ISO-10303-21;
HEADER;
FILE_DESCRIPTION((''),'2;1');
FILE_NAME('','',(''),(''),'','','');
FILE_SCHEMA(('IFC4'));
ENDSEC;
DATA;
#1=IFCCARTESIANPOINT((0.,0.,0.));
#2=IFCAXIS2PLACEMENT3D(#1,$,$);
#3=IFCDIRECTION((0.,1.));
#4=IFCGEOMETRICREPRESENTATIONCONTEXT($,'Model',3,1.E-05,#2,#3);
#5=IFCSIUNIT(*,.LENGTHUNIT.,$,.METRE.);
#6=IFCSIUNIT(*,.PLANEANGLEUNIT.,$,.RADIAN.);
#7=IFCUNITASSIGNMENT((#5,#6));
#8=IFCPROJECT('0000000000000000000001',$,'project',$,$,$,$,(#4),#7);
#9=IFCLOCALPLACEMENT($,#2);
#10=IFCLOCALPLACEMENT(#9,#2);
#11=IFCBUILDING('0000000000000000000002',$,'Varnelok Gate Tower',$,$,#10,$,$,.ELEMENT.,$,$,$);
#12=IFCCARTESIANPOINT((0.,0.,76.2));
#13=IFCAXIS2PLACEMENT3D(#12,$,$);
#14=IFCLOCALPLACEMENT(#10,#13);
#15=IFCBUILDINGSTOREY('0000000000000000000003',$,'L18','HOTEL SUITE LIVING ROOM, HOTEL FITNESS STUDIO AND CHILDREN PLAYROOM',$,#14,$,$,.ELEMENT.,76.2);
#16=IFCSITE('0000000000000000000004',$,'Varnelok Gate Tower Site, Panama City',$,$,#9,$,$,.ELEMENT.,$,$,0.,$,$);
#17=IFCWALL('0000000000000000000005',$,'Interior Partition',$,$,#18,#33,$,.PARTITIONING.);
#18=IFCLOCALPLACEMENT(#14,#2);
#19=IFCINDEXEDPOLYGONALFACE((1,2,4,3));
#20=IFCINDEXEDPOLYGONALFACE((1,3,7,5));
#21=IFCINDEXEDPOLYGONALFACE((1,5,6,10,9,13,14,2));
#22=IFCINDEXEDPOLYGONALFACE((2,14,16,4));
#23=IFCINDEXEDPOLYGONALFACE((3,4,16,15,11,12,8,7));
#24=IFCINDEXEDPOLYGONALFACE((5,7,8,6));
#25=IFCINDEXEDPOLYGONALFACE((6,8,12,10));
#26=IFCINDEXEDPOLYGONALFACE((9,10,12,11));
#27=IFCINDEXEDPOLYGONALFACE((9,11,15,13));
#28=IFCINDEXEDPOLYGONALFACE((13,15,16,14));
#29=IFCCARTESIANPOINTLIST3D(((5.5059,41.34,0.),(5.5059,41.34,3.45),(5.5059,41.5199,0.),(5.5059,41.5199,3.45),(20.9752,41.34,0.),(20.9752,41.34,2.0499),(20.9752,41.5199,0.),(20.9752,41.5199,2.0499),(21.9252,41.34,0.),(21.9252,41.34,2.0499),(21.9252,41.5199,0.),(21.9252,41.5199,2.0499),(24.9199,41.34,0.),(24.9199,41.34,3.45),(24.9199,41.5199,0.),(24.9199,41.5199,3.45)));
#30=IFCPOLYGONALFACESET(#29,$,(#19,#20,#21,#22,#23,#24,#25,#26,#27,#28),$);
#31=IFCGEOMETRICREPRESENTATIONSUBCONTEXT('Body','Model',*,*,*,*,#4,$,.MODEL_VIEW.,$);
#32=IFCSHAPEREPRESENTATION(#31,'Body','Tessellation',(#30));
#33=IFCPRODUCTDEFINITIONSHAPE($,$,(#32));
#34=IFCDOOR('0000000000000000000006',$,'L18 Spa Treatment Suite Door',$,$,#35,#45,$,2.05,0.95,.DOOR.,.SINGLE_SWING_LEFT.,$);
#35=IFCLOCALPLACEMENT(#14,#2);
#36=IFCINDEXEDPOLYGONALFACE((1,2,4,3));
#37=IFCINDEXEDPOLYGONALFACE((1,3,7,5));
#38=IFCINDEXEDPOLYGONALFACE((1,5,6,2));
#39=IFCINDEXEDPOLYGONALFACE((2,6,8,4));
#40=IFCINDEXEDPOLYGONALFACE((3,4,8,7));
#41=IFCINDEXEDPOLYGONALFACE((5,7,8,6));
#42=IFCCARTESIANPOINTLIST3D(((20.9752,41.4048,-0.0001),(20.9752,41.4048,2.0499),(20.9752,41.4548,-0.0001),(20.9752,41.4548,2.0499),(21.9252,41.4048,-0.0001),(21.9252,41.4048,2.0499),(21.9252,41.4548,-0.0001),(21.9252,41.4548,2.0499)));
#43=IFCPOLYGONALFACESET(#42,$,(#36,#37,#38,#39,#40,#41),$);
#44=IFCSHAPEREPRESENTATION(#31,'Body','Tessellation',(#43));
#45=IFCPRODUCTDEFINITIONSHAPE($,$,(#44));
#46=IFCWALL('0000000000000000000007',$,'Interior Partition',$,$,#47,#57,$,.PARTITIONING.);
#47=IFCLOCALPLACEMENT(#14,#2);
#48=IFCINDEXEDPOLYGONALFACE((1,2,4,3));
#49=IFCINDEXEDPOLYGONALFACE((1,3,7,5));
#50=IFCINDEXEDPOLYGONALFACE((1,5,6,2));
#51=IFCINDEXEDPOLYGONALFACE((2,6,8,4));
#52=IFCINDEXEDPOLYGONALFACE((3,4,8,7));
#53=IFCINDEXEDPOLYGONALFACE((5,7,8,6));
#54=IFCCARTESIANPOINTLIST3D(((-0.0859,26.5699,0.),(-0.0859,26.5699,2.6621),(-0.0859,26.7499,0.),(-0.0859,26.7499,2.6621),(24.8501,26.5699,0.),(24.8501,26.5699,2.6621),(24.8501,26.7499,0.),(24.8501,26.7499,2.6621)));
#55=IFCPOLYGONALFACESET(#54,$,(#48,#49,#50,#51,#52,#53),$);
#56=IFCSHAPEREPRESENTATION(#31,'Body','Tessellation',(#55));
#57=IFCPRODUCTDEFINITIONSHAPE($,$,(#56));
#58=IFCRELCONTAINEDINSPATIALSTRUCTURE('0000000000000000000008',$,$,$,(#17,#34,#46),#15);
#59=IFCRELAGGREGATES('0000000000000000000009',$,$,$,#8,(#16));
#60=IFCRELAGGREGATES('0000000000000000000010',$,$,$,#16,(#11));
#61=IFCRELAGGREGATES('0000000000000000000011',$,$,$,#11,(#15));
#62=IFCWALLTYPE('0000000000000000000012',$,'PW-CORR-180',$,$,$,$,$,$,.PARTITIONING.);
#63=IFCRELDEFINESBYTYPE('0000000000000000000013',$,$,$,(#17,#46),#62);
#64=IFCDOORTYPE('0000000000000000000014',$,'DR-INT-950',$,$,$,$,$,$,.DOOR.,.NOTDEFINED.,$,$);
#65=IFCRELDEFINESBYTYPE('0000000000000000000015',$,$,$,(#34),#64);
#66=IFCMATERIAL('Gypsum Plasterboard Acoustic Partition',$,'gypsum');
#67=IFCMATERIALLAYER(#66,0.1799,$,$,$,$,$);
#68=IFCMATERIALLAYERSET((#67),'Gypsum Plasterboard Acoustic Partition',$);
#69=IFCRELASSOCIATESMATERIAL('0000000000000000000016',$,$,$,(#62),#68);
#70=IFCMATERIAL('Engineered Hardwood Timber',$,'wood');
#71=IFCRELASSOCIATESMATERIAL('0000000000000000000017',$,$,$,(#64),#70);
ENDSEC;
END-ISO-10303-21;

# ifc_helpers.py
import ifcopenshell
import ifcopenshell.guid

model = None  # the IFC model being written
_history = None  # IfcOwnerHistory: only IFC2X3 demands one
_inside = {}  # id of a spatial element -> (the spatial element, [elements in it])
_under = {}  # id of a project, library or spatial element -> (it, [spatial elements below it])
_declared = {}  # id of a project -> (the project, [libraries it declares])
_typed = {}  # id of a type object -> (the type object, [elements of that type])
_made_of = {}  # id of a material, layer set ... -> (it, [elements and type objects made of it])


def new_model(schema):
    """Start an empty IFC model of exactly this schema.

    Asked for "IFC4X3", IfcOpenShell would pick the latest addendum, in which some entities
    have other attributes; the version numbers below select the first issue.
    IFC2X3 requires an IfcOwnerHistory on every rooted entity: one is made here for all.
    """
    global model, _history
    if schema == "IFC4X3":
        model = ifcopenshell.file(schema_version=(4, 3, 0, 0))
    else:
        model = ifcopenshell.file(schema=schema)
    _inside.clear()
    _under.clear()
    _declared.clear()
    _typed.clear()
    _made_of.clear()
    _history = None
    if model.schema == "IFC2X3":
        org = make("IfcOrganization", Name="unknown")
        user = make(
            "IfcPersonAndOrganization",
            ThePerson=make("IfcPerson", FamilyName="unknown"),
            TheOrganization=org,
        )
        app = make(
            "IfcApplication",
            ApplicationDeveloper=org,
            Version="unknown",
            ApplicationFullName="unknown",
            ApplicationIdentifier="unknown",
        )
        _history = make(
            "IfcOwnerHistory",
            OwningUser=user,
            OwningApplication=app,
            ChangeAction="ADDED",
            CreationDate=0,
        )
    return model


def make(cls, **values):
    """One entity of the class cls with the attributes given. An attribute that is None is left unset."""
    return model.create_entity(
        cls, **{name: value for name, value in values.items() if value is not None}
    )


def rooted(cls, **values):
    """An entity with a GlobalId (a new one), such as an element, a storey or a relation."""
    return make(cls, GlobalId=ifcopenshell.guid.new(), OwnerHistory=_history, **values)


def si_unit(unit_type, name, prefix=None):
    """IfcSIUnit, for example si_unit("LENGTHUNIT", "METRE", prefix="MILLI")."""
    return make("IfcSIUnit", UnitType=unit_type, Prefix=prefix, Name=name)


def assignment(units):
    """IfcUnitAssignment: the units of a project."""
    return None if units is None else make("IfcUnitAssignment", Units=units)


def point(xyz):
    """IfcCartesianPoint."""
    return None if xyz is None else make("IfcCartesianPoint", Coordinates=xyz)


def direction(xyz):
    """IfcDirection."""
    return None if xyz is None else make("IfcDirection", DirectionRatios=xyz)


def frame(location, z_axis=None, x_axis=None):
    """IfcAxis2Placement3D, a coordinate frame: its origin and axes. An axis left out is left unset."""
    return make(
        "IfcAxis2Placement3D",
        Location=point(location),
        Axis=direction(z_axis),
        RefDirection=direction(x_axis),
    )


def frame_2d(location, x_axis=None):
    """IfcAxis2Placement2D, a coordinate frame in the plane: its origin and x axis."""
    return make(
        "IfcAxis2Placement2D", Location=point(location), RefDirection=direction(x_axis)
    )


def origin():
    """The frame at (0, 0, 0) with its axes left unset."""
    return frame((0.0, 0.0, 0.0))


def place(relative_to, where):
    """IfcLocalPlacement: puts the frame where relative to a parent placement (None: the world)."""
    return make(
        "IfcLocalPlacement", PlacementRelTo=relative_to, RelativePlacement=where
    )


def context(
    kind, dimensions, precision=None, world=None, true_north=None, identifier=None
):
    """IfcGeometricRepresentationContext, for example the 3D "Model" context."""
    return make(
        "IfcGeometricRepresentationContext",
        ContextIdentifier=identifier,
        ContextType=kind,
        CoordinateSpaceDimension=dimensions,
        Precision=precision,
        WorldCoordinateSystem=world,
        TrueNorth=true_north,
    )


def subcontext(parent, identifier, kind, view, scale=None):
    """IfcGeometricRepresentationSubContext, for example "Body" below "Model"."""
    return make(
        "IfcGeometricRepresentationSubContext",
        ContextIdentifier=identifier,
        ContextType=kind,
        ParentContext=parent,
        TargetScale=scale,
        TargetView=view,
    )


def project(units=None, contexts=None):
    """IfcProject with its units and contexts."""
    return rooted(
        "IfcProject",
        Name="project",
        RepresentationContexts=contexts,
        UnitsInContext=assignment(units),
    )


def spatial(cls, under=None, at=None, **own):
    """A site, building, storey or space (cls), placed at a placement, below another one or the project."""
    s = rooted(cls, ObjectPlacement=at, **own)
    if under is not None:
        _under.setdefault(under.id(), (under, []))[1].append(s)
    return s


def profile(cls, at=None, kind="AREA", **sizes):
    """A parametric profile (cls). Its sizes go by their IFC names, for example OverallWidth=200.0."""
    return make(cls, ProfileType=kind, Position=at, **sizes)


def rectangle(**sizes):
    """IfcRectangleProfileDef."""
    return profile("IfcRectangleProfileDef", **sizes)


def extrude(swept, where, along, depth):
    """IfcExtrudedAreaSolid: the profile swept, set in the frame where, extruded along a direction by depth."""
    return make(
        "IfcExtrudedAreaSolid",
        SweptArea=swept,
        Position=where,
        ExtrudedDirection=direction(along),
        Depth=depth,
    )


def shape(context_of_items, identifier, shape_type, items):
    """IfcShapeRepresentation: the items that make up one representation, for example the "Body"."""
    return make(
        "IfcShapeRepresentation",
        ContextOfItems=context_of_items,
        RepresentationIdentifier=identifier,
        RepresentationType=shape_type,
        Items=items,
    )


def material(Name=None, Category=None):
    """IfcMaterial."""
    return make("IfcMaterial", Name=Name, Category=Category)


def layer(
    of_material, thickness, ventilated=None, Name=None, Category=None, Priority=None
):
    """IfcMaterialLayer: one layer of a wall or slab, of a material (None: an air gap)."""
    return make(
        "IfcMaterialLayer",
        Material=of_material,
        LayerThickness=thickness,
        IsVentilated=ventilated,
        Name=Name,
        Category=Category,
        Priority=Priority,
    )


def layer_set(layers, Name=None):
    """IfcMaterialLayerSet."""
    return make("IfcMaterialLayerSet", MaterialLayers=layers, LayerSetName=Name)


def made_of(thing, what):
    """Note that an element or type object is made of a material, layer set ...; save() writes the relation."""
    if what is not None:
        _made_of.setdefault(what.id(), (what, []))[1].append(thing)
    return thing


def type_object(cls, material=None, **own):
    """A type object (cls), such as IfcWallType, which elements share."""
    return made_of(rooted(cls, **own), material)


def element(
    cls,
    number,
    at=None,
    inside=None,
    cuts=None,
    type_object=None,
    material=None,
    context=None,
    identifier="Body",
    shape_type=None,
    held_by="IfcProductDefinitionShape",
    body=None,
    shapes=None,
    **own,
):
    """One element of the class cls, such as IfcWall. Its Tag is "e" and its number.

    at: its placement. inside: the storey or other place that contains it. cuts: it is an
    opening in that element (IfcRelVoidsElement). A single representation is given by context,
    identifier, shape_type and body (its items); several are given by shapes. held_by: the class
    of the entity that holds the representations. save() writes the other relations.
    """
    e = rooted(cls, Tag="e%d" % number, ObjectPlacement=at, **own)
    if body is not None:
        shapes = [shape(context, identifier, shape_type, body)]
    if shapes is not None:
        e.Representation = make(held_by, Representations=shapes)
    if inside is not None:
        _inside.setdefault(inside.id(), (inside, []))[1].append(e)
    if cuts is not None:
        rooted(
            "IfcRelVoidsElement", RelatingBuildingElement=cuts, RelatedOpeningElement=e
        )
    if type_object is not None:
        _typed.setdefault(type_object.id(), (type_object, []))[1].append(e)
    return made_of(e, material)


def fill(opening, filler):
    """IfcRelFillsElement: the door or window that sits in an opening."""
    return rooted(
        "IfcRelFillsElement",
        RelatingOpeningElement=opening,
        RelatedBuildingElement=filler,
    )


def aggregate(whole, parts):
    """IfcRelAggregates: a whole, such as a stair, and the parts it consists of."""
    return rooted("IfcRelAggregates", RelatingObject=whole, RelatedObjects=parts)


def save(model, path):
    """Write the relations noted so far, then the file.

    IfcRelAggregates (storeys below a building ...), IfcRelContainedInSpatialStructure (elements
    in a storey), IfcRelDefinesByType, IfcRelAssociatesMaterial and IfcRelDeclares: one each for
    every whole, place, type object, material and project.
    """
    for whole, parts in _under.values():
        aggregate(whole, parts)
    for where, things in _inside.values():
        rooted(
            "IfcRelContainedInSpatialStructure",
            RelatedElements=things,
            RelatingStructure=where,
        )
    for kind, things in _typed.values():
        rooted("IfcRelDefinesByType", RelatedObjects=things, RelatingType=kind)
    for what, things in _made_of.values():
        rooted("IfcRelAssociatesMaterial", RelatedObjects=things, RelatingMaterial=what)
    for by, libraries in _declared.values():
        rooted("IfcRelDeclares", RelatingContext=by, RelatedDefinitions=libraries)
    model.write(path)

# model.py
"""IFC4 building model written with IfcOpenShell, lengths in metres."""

from ifc_helpers import new_model, si_unit, direction, frame, frame_2d, origin, place, context, subcontext, project, spatial, rectangle, extrude, material, layer, layer_set, type_object, element, fill, save


model = new_model("IFC4")

# Units and contexts
model_context = context("Model", 3, precision=1e-05, world=origin(), true_north=direction((0.0, 1.0)))
body_context = subcontext(model_context, "Body", "Model", "MODEL_VIEW")
ifc_project = project(units=[si_unit("LENGTHUNIT", "METRE"), si_unit("PLANEANGLEUNIT", "RADIAN")], contexts=[model_context])

# Site, building, storey
site_placement = place(None, origin())
site = spatial("IfcSite", under=ifc_project, at=site_placement, Name="Varnelok Gate Tower Site, Panama City", CompositionType="ELEMENT", RefElevation=0.0)
building_placement = place(site_placement, origin())
building = spatial("IfcBuilding", under=site, at=building_placement, Name="Varnelok Gate Tower", CompositionType="ELEMENT")
storey_placement = place(building_placement, frame((0.0, 0.0, 76.2)))
storey = spatial("IfcBuildingStorey", under=building, at=storey_placement, Name="L18", Description="HOTEL SUITE LIVING ROOM, HOTEL FITNESS STUDIO AND CHILDREN PLAYROOM", CompositionType="ELEMENT", Elevation=76.2)

# Wall, opening, door
ifc_material_1 = material(Name="Gypsum Plasterboard Acoustic Partition", Category="gypsum")
ifc_layer_1 = layer(ifc_material_1, 0.1799)
ifc_layer_set_1 = layer_set([ifc_layer_1], Name="Gypsum Plasterboard Acoustic Partition")
wall_type = type_object("IfcWallType", Name="PW-CORR-180", PredefinedType="PARTITIONING", material=ifc_layer_set_1)
wall_1_placement = place(storey_placement, frame((5.5059, 41.4299, 0.0), z_axis=(0.0, 0.0, 1.0), x_axis=(1.0, 0.0, 0.0)))
wall_1 = element("IfcWall", 1, at=wall_1_placement, inside=storey, type_object=wall_type, Name="Interior Partition", PredefinedType="PARTITIONING", context=body_context, shape_type="SweptSolid", body=[
    extrude(rectangle(XDim=19.4141, YDim=0.1799, at=frame_2d((9.707, 0.0))), origin(), (0.0, 0.0, 1.0), 3.45),
])
opening_placement = place(wall_1_placement, frame((15.4692, 0.0, 0.0)))
opening = element("IfcOpeningElement", 2, at=opening_placement, cuts=wall_1, PredefinedType="OPENING", context=body_context, shape_type="SweptSolid", body=[
    extrude(rectangle(XDim=0.95, YDim=2.05, at=frame_2d((0.4751, 1.0249))), frame((0.0, 0.0999, 0.0), z_axis=(0.0, -1.0, 0.0), x_axis=(1.0, 0.0, 0.0)), (0.0, 0.0, 1.0), 0.2),
])
ifc_material_2 = material(Name="Engineered Hardwood Timber", Category="wood")
door_type = type_object("IfcDoorType", Name="DR-INT-950", OperationType="NOTDEFINED", PredefinedType="DOOR", material=ifc_material_2)
door_placement = place(opening_placement, origin())
door = element("IfcDoor", 3, at=door_placement, inside=storey, type_object=door_type, Name="L18 Spa Treatment Suite Door", OperationType="SINGLE_SWING_LEFT", OverallHeight=2.05, OverallWidth=0.95, PredefinedType="DOOR", context=body_context, shape_type="SweptSolid", body=[
    extrude(rectangle(XDim=0.95, YDim=2.05, at=frame_2d((0.4751, 1.0249))), frame((0.0, 0.0249, 0.0), z_axis=(0.0, -1.0, 0.0), x_axis=(1.0, 0.0, 0.0)), (0.0, 0.0, 1.0), 0.05),
])
fill(opening, door)

# Wall
wall_2_placement = place(storey_placement, frame((-0.0859, 26.6599, 0.0), z_axis=(0.0, 0.0, 1.0), x_axis=(1.0, 0.0, 0.0)))
element("IfcWall", 4, at=wall_2_placement, inside=storey, type_object=wall_type, Name="Interior Partition", PredefinedType="PARTITIONING", context=body_context, shape_type="SweptSolid", body=[
    extrude(rectangle(XDim=24.936, YDim=0.1799, at=frame_2d((12.468, 0.0))), origin(), (0.0, 0.0, 1.0), 2.6621),
])

save(model, "model.ifc")
